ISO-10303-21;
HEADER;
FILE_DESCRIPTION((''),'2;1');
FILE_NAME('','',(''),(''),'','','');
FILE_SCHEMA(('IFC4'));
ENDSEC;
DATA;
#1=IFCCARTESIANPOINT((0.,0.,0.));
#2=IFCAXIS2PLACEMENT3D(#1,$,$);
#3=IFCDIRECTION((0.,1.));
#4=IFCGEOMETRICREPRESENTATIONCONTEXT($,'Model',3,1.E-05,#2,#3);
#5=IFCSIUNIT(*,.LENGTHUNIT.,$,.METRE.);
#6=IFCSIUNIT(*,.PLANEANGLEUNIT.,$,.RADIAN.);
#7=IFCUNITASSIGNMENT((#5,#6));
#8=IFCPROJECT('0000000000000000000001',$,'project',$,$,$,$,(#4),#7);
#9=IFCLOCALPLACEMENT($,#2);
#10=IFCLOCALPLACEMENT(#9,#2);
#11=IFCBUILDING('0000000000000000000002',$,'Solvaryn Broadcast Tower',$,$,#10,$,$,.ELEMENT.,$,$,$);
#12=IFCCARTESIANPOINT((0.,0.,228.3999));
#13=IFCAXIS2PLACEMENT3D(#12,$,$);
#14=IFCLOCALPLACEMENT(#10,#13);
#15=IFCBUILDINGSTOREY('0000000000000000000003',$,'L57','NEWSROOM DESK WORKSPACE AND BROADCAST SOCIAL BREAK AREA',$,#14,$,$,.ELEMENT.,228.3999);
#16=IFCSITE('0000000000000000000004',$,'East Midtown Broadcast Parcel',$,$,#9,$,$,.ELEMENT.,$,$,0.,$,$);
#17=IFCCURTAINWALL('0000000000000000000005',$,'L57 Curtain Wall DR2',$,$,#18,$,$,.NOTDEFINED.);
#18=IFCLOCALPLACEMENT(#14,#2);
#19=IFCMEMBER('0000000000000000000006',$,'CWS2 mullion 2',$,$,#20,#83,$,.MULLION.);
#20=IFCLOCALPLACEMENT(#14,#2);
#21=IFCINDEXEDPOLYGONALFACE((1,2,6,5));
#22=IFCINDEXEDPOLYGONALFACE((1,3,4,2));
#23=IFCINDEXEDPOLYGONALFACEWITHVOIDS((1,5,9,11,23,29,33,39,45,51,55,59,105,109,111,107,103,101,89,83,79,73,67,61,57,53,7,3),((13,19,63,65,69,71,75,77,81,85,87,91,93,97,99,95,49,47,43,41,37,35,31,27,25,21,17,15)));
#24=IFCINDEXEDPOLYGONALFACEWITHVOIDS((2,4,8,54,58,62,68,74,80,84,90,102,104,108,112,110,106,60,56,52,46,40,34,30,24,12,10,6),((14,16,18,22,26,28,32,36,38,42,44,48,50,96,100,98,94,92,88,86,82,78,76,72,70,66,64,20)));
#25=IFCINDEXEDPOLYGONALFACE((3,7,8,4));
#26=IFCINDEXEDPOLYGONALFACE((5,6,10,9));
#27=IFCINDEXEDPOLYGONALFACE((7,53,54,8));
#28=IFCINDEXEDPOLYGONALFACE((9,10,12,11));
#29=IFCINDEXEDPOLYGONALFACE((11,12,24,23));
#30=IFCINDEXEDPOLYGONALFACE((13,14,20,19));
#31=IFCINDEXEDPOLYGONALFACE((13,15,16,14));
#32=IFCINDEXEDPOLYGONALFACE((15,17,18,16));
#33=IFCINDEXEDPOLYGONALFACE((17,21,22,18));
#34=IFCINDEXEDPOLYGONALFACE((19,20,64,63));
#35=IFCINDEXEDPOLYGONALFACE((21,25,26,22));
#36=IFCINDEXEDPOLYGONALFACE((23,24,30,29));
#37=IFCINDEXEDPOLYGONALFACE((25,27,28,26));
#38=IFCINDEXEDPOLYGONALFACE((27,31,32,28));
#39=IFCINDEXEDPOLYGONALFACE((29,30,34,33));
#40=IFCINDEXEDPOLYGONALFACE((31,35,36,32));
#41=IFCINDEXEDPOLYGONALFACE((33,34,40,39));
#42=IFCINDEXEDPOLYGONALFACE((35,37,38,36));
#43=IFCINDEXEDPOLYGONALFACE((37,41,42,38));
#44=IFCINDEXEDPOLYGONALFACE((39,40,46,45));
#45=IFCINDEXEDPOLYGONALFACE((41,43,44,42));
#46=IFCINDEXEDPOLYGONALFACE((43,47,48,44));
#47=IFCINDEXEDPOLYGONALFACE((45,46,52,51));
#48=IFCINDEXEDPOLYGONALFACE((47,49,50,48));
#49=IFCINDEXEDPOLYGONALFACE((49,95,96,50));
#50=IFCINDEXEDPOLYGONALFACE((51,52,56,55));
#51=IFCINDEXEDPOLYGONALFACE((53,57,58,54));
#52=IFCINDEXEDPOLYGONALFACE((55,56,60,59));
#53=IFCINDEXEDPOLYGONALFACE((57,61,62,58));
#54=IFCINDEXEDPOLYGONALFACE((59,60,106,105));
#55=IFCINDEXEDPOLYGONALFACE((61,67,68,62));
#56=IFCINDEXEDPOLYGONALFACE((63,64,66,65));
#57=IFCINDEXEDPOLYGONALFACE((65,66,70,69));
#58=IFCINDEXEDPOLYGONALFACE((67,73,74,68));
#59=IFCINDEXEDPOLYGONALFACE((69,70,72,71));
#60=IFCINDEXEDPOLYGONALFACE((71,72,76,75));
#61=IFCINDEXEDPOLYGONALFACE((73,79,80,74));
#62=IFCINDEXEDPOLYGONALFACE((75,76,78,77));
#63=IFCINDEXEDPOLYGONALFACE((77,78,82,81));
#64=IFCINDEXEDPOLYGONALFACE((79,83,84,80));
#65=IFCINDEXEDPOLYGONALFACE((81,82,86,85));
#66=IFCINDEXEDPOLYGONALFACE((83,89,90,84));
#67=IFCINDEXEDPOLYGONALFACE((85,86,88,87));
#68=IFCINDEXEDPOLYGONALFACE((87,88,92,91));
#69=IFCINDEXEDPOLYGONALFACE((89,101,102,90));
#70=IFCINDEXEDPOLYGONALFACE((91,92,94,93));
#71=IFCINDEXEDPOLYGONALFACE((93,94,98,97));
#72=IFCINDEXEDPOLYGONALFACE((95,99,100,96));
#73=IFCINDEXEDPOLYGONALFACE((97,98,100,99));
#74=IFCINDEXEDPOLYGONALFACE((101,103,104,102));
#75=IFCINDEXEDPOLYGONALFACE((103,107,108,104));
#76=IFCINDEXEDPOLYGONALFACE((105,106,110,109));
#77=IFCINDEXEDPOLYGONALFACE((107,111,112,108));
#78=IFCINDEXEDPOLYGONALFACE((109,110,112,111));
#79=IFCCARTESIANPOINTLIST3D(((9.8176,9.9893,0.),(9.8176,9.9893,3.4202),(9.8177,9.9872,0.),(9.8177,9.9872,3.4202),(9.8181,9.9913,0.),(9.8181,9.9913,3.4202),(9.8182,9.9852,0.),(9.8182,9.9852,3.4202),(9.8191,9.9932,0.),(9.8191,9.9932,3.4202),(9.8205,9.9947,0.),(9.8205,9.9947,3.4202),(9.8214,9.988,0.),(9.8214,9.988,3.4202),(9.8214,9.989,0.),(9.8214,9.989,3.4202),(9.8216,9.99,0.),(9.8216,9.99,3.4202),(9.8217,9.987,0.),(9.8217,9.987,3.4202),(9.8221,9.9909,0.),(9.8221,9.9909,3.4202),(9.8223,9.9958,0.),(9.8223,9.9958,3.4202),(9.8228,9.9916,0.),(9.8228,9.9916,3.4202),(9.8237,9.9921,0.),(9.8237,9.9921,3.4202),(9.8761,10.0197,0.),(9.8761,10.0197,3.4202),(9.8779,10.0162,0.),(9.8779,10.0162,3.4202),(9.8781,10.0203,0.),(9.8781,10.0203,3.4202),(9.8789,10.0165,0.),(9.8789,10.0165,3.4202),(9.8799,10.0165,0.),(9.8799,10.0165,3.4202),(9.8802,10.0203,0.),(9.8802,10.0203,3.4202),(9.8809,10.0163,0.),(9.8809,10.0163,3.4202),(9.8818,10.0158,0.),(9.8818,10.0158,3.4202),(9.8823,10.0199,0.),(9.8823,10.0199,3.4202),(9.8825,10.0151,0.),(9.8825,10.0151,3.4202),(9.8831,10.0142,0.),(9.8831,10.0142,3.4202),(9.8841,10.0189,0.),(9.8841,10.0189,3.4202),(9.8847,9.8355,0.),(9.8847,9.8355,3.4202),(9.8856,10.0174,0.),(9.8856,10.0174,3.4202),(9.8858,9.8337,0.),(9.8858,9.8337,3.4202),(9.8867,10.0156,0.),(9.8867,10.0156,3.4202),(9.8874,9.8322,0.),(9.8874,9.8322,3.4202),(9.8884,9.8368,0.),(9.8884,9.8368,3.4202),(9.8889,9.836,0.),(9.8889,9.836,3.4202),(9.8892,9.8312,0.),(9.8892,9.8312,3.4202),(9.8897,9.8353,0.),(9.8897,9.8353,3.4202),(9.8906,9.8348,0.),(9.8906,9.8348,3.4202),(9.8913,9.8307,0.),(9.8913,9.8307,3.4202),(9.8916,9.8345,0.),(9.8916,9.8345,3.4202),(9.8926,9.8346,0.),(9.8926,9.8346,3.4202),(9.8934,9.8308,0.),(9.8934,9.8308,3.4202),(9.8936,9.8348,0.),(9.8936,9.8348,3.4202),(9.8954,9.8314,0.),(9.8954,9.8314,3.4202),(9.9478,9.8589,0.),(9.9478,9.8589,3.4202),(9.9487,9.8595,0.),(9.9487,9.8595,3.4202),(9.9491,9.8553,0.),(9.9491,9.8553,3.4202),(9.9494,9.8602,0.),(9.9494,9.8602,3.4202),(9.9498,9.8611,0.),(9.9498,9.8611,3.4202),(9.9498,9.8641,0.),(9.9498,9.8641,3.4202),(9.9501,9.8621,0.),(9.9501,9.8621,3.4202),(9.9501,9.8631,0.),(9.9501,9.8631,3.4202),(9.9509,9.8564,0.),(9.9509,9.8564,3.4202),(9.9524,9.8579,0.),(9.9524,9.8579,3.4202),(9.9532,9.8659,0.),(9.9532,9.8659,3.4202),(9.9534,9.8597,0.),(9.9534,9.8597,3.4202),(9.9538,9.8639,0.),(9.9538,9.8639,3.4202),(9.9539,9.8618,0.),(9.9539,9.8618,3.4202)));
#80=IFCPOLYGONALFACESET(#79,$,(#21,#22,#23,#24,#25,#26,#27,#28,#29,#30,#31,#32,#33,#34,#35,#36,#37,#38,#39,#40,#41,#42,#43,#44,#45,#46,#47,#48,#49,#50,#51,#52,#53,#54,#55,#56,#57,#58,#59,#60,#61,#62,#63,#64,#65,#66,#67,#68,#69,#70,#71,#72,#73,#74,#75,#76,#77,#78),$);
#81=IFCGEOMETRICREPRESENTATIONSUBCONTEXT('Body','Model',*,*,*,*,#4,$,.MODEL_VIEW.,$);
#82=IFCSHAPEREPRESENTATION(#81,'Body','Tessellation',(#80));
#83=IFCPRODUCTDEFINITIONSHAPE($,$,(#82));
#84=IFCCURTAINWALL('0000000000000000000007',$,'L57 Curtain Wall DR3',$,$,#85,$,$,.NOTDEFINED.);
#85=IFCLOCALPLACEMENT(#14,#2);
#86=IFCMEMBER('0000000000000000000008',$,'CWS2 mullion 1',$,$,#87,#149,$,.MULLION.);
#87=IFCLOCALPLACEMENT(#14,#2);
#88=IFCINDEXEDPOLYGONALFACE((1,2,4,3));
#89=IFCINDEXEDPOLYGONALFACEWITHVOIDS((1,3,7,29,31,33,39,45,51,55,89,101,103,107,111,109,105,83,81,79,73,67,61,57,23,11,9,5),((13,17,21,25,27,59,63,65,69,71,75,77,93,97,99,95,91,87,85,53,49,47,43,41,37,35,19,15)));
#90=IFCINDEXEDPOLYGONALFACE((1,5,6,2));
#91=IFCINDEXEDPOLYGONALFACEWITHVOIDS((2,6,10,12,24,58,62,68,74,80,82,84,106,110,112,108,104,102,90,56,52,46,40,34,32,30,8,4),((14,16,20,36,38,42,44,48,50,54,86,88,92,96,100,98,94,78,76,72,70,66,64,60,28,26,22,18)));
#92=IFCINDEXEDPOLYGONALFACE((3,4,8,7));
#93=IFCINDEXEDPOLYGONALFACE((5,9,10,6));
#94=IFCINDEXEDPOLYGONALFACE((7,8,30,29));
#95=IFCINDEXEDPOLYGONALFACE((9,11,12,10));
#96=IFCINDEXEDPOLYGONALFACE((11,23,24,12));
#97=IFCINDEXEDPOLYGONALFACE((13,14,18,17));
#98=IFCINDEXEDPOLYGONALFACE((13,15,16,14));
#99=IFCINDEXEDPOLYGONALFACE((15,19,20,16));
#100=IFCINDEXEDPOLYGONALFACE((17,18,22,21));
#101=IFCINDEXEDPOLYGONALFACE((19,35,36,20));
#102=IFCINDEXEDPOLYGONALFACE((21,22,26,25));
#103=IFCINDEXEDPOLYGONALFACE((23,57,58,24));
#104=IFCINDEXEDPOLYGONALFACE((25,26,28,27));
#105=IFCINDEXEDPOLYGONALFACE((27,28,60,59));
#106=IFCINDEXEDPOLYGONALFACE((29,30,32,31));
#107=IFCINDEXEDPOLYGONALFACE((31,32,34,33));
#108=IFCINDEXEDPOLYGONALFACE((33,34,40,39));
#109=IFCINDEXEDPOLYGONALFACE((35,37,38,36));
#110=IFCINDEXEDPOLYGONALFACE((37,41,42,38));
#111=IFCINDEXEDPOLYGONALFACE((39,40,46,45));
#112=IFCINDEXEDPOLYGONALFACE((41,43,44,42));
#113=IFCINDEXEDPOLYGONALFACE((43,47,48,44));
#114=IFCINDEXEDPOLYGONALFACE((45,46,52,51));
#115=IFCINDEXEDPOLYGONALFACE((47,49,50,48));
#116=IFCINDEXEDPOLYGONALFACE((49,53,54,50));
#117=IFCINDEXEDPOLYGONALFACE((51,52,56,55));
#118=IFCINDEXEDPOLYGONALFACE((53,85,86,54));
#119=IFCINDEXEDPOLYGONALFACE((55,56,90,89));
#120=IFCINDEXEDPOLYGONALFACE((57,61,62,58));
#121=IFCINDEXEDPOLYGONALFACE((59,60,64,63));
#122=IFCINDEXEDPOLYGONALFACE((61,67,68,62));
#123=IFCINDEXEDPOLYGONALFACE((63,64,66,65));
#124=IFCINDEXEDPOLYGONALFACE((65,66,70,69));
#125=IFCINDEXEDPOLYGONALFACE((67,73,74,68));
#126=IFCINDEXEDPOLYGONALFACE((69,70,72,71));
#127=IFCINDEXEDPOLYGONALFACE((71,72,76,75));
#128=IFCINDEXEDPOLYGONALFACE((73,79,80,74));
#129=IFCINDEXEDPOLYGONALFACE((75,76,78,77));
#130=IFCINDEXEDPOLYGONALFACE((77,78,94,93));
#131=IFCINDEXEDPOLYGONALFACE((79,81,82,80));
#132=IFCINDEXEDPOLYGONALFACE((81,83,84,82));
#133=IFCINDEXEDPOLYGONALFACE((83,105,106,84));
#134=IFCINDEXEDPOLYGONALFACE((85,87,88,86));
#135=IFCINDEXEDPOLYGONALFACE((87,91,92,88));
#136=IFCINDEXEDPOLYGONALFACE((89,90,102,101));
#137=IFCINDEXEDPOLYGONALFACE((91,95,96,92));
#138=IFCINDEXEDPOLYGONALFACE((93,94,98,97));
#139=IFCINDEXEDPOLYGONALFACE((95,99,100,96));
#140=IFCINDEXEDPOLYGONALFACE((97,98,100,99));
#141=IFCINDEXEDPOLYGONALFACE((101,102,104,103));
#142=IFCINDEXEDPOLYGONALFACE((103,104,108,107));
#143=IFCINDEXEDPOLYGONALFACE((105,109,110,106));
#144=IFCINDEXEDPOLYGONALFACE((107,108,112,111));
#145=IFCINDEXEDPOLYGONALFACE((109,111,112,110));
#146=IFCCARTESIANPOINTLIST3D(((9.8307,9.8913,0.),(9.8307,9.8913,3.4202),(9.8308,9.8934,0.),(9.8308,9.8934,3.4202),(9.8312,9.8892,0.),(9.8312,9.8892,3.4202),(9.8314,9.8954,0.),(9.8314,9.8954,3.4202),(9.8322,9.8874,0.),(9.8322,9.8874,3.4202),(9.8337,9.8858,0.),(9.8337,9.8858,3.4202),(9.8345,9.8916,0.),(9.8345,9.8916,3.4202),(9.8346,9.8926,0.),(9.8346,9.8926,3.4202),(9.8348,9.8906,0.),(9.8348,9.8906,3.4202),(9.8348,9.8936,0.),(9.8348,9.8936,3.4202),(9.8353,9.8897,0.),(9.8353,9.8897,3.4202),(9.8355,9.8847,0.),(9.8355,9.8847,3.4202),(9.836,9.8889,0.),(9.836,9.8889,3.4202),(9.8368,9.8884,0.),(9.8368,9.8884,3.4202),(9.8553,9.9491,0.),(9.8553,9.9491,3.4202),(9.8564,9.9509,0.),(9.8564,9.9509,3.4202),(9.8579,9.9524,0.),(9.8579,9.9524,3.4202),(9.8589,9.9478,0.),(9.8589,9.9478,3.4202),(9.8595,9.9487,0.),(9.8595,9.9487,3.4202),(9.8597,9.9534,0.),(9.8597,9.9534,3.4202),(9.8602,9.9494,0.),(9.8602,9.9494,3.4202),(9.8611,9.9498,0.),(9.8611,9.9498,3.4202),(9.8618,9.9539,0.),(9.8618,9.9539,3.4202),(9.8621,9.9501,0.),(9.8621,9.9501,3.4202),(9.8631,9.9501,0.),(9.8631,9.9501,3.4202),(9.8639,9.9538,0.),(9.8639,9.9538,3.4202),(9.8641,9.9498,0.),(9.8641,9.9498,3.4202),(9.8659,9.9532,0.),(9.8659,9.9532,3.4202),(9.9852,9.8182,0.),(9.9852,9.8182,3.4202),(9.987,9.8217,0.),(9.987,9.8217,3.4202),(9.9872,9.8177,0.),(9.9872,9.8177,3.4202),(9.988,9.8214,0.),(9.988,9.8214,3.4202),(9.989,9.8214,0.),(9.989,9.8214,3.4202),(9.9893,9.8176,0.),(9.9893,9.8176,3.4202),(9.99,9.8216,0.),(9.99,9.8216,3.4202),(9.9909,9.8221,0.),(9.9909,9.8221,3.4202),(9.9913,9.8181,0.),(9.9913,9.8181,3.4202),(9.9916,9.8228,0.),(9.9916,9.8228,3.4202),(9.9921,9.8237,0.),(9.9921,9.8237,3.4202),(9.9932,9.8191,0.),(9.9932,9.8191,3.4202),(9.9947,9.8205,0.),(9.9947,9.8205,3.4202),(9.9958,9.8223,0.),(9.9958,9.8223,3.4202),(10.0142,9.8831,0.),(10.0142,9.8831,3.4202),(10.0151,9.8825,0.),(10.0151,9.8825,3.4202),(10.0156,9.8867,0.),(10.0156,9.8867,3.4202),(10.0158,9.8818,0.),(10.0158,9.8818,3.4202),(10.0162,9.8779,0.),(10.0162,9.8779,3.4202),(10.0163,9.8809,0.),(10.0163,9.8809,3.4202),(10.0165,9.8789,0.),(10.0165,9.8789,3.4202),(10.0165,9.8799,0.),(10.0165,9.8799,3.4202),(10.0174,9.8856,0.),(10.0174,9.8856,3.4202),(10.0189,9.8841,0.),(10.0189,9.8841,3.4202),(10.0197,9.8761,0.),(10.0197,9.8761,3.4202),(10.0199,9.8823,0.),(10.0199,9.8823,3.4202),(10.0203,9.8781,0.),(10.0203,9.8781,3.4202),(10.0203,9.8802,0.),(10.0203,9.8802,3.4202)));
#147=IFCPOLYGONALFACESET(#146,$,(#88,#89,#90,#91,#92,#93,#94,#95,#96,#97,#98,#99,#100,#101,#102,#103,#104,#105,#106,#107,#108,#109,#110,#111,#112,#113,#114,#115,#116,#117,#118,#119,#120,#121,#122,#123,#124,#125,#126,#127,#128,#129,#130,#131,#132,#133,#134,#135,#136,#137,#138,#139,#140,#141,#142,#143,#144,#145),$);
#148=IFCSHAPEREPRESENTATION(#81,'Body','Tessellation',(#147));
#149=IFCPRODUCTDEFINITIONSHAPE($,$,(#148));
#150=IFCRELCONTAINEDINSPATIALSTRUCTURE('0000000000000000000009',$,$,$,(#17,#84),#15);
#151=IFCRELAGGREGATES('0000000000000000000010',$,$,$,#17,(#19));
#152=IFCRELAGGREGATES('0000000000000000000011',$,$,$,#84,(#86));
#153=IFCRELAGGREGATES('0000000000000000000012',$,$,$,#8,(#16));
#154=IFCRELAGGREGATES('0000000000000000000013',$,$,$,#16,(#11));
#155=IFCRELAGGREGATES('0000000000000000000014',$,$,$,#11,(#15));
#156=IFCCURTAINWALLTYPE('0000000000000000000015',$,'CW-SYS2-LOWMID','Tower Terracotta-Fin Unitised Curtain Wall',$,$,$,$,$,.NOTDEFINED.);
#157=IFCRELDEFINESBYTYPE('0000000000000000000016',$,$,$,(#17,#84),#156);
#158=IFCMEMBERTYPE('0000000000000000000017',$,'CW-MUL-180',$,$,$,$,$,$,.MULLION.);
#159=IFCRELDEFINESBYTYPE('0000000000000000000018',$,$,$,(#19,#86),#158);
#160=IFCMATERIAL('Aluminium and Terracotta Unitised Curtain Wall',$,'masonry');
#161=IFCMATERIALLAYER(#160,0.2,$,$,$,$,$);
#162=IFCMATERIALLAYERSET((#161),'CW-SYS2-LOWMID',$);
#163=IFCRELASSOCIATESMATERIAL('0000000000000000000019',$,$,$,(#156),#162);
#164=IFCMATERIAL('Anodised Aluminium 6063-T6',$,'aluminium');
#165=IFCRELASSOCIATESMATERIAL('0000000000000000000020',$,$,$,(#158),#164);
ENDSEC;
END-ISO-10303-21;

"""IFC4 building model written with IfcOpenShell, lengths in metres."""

from ifc_helpers import new_model, si_unit, direction, frame, origin, origin_2d, place, context, subcontext, project, spatial, hollow_rectangle, extrude, material, layer, layer_set, material_profile, profile_set, type_object, element, aggregate, save


model = new_model("IFC4")

# Units and contexts
model_context = context("Model", 3, precision=1e-05, world=origin(), true_north=direction((0.0, 1.0)))
body_context = subcontext(model_context, "Body", "Model", "MODEL_VIEW")
ifc_project = project(units=[si_unit("LENGTHUNIT", "METRE"), si_unit("PLANEANGLEUNIT", "RADIAN")], contexts=[model_context])

# Site, building, storey
site_placement = place(None, origin())
site = spatial("IfcSite", under=ifc_project, at=site_placement, Name="East Midtown Broadcast Parcel", CompositionType="ELEMENT", RefElevation=0.0)
building_placement = place(site_placement, origin())
building = spatial("IfcBuilding", under=site, at=building_placement, Name="Solvaryn Broadcast Tower", CompositionType="ELEMENT")
storey_placement = place(building_placement, frame((0.0, 0.0, 228.3999)))
storey = spatial("IfcBuildingStorey", under=building, at=storey_placement, Name="L57", Description="NEWSROOM DESK WORKSPACE AND BROADCAST SOCIAL BREAK AREA", CompositionType="ELEMENT", Elevation=228.3999)

# Curtain wall, member
ifc_material_1 = material(Name="Aluminium and Terracotta Unitised Curtain Wall", Category="masonry")
ifc_layer_1 = layer(ifc_material_1, 0.2)
ifc_layer_set_1 = layer_set([ifc_layer_1], Name="CW-SYS2-LOWMID")
curtain_wall_type = type_object("IfcCurtainWallType", Name="CW-SYS2-LOWMID", Description="Tower Terracotta-Fin Unitised Curtain Wall", PredefinedType="NOTDEFINED", material=ifc_layer_set_1)
curtain_wall_1_placement = place(storey_placement, origin())
curtain_wall_1 = element("IfcCurtainWall", 1, at=curtain_wall_1_placement, inside=storey, type_object=curtain_wall_type, Name="L57 Curtain Wall DR2", PredefinedType="NOTDEFINED")
ifc_material_2 = material(Name="Anodised Aluminium 6063-T6", Category="aluminium")
ifc_material_profile_1 = material_profile(ifc_material_2, hollow_rectangle(XDim=0.075, YDim=0.1799, WallThickness=0.0039, InnerFilletRadius=0.0039, OuterFilletRadius=0.0081, at=origin_2d()))
ifc_profile_set_1 = profile_set([ifc_material_profile_1], Name="Anodised Aluminium 6063-T6")
member_type_1 = type_object("IfcMemberType", Name="CW-MUL-180", PredefinedType="MULLION", material=ifc_profile_set_1)
member_1_placement = place(storey_placement, frame((9.8857, 9.9255, 0.0), z_axis=(0.0, 0.0, 1.0), x_axis=(0.913917, 0.405901, 0.0)))
member_1 = element("IfcMember", 2, at=member_1_placement, type_object=member_type_1, Name="CWS2 mullion 2", PredefinedType="MULLION", context=body_context, shape_type="SweptSolid", body=[
    extrude(hollow_rectangle(XDim=0.075, YDim=0.1799, WallThickness=0.0039, InnerFilletRadius=0.0039, OuterFilletRadius=0.0081, at=origin_2d()), origin(), (0.0, 0.0, 1.0), 3.4202),
])
aggregate(curtain_wall_1, [member_1])

# Curtain wall, member
curtain_wall_2_placement = place(storey_placement, origin())
curtain_wall_2 = element("IfcCurtainWall", 3, at=curtain_wall_2_placement, inside=storey, type_object=curtain_wall_type, Name="L57 Curtain Wall DR3", PredefinedType="NOTDEFINED")
member_2_placement = place(storey_placement, frame((9.9255, 9.8857, 0.0), z_axis=(0.0, 0.0, 1.0), x_axis=(0.405901, 0.913917, 0.0)))
member_2 = element("IfcMember", 4, at=member_2_placement, type_object=member_type_1, Name="CWS2 mullion 1", PredefinedType="MULLION", context=body_context, shape_type="SweptSolid", body=[
    extrude(hollow_rectangle(XDim=0.075, YDim=0.1799, WallThickness=0.0039, InnerFilletRadius=0.0039, OuterFilletRadius=0.0081, at=origin_2d()), origin(), (0.0, 0.0, 1.0), 3.4202),
])
aggregate(curtain_wall_2, [member_2])

save(model, "model.ifc")
